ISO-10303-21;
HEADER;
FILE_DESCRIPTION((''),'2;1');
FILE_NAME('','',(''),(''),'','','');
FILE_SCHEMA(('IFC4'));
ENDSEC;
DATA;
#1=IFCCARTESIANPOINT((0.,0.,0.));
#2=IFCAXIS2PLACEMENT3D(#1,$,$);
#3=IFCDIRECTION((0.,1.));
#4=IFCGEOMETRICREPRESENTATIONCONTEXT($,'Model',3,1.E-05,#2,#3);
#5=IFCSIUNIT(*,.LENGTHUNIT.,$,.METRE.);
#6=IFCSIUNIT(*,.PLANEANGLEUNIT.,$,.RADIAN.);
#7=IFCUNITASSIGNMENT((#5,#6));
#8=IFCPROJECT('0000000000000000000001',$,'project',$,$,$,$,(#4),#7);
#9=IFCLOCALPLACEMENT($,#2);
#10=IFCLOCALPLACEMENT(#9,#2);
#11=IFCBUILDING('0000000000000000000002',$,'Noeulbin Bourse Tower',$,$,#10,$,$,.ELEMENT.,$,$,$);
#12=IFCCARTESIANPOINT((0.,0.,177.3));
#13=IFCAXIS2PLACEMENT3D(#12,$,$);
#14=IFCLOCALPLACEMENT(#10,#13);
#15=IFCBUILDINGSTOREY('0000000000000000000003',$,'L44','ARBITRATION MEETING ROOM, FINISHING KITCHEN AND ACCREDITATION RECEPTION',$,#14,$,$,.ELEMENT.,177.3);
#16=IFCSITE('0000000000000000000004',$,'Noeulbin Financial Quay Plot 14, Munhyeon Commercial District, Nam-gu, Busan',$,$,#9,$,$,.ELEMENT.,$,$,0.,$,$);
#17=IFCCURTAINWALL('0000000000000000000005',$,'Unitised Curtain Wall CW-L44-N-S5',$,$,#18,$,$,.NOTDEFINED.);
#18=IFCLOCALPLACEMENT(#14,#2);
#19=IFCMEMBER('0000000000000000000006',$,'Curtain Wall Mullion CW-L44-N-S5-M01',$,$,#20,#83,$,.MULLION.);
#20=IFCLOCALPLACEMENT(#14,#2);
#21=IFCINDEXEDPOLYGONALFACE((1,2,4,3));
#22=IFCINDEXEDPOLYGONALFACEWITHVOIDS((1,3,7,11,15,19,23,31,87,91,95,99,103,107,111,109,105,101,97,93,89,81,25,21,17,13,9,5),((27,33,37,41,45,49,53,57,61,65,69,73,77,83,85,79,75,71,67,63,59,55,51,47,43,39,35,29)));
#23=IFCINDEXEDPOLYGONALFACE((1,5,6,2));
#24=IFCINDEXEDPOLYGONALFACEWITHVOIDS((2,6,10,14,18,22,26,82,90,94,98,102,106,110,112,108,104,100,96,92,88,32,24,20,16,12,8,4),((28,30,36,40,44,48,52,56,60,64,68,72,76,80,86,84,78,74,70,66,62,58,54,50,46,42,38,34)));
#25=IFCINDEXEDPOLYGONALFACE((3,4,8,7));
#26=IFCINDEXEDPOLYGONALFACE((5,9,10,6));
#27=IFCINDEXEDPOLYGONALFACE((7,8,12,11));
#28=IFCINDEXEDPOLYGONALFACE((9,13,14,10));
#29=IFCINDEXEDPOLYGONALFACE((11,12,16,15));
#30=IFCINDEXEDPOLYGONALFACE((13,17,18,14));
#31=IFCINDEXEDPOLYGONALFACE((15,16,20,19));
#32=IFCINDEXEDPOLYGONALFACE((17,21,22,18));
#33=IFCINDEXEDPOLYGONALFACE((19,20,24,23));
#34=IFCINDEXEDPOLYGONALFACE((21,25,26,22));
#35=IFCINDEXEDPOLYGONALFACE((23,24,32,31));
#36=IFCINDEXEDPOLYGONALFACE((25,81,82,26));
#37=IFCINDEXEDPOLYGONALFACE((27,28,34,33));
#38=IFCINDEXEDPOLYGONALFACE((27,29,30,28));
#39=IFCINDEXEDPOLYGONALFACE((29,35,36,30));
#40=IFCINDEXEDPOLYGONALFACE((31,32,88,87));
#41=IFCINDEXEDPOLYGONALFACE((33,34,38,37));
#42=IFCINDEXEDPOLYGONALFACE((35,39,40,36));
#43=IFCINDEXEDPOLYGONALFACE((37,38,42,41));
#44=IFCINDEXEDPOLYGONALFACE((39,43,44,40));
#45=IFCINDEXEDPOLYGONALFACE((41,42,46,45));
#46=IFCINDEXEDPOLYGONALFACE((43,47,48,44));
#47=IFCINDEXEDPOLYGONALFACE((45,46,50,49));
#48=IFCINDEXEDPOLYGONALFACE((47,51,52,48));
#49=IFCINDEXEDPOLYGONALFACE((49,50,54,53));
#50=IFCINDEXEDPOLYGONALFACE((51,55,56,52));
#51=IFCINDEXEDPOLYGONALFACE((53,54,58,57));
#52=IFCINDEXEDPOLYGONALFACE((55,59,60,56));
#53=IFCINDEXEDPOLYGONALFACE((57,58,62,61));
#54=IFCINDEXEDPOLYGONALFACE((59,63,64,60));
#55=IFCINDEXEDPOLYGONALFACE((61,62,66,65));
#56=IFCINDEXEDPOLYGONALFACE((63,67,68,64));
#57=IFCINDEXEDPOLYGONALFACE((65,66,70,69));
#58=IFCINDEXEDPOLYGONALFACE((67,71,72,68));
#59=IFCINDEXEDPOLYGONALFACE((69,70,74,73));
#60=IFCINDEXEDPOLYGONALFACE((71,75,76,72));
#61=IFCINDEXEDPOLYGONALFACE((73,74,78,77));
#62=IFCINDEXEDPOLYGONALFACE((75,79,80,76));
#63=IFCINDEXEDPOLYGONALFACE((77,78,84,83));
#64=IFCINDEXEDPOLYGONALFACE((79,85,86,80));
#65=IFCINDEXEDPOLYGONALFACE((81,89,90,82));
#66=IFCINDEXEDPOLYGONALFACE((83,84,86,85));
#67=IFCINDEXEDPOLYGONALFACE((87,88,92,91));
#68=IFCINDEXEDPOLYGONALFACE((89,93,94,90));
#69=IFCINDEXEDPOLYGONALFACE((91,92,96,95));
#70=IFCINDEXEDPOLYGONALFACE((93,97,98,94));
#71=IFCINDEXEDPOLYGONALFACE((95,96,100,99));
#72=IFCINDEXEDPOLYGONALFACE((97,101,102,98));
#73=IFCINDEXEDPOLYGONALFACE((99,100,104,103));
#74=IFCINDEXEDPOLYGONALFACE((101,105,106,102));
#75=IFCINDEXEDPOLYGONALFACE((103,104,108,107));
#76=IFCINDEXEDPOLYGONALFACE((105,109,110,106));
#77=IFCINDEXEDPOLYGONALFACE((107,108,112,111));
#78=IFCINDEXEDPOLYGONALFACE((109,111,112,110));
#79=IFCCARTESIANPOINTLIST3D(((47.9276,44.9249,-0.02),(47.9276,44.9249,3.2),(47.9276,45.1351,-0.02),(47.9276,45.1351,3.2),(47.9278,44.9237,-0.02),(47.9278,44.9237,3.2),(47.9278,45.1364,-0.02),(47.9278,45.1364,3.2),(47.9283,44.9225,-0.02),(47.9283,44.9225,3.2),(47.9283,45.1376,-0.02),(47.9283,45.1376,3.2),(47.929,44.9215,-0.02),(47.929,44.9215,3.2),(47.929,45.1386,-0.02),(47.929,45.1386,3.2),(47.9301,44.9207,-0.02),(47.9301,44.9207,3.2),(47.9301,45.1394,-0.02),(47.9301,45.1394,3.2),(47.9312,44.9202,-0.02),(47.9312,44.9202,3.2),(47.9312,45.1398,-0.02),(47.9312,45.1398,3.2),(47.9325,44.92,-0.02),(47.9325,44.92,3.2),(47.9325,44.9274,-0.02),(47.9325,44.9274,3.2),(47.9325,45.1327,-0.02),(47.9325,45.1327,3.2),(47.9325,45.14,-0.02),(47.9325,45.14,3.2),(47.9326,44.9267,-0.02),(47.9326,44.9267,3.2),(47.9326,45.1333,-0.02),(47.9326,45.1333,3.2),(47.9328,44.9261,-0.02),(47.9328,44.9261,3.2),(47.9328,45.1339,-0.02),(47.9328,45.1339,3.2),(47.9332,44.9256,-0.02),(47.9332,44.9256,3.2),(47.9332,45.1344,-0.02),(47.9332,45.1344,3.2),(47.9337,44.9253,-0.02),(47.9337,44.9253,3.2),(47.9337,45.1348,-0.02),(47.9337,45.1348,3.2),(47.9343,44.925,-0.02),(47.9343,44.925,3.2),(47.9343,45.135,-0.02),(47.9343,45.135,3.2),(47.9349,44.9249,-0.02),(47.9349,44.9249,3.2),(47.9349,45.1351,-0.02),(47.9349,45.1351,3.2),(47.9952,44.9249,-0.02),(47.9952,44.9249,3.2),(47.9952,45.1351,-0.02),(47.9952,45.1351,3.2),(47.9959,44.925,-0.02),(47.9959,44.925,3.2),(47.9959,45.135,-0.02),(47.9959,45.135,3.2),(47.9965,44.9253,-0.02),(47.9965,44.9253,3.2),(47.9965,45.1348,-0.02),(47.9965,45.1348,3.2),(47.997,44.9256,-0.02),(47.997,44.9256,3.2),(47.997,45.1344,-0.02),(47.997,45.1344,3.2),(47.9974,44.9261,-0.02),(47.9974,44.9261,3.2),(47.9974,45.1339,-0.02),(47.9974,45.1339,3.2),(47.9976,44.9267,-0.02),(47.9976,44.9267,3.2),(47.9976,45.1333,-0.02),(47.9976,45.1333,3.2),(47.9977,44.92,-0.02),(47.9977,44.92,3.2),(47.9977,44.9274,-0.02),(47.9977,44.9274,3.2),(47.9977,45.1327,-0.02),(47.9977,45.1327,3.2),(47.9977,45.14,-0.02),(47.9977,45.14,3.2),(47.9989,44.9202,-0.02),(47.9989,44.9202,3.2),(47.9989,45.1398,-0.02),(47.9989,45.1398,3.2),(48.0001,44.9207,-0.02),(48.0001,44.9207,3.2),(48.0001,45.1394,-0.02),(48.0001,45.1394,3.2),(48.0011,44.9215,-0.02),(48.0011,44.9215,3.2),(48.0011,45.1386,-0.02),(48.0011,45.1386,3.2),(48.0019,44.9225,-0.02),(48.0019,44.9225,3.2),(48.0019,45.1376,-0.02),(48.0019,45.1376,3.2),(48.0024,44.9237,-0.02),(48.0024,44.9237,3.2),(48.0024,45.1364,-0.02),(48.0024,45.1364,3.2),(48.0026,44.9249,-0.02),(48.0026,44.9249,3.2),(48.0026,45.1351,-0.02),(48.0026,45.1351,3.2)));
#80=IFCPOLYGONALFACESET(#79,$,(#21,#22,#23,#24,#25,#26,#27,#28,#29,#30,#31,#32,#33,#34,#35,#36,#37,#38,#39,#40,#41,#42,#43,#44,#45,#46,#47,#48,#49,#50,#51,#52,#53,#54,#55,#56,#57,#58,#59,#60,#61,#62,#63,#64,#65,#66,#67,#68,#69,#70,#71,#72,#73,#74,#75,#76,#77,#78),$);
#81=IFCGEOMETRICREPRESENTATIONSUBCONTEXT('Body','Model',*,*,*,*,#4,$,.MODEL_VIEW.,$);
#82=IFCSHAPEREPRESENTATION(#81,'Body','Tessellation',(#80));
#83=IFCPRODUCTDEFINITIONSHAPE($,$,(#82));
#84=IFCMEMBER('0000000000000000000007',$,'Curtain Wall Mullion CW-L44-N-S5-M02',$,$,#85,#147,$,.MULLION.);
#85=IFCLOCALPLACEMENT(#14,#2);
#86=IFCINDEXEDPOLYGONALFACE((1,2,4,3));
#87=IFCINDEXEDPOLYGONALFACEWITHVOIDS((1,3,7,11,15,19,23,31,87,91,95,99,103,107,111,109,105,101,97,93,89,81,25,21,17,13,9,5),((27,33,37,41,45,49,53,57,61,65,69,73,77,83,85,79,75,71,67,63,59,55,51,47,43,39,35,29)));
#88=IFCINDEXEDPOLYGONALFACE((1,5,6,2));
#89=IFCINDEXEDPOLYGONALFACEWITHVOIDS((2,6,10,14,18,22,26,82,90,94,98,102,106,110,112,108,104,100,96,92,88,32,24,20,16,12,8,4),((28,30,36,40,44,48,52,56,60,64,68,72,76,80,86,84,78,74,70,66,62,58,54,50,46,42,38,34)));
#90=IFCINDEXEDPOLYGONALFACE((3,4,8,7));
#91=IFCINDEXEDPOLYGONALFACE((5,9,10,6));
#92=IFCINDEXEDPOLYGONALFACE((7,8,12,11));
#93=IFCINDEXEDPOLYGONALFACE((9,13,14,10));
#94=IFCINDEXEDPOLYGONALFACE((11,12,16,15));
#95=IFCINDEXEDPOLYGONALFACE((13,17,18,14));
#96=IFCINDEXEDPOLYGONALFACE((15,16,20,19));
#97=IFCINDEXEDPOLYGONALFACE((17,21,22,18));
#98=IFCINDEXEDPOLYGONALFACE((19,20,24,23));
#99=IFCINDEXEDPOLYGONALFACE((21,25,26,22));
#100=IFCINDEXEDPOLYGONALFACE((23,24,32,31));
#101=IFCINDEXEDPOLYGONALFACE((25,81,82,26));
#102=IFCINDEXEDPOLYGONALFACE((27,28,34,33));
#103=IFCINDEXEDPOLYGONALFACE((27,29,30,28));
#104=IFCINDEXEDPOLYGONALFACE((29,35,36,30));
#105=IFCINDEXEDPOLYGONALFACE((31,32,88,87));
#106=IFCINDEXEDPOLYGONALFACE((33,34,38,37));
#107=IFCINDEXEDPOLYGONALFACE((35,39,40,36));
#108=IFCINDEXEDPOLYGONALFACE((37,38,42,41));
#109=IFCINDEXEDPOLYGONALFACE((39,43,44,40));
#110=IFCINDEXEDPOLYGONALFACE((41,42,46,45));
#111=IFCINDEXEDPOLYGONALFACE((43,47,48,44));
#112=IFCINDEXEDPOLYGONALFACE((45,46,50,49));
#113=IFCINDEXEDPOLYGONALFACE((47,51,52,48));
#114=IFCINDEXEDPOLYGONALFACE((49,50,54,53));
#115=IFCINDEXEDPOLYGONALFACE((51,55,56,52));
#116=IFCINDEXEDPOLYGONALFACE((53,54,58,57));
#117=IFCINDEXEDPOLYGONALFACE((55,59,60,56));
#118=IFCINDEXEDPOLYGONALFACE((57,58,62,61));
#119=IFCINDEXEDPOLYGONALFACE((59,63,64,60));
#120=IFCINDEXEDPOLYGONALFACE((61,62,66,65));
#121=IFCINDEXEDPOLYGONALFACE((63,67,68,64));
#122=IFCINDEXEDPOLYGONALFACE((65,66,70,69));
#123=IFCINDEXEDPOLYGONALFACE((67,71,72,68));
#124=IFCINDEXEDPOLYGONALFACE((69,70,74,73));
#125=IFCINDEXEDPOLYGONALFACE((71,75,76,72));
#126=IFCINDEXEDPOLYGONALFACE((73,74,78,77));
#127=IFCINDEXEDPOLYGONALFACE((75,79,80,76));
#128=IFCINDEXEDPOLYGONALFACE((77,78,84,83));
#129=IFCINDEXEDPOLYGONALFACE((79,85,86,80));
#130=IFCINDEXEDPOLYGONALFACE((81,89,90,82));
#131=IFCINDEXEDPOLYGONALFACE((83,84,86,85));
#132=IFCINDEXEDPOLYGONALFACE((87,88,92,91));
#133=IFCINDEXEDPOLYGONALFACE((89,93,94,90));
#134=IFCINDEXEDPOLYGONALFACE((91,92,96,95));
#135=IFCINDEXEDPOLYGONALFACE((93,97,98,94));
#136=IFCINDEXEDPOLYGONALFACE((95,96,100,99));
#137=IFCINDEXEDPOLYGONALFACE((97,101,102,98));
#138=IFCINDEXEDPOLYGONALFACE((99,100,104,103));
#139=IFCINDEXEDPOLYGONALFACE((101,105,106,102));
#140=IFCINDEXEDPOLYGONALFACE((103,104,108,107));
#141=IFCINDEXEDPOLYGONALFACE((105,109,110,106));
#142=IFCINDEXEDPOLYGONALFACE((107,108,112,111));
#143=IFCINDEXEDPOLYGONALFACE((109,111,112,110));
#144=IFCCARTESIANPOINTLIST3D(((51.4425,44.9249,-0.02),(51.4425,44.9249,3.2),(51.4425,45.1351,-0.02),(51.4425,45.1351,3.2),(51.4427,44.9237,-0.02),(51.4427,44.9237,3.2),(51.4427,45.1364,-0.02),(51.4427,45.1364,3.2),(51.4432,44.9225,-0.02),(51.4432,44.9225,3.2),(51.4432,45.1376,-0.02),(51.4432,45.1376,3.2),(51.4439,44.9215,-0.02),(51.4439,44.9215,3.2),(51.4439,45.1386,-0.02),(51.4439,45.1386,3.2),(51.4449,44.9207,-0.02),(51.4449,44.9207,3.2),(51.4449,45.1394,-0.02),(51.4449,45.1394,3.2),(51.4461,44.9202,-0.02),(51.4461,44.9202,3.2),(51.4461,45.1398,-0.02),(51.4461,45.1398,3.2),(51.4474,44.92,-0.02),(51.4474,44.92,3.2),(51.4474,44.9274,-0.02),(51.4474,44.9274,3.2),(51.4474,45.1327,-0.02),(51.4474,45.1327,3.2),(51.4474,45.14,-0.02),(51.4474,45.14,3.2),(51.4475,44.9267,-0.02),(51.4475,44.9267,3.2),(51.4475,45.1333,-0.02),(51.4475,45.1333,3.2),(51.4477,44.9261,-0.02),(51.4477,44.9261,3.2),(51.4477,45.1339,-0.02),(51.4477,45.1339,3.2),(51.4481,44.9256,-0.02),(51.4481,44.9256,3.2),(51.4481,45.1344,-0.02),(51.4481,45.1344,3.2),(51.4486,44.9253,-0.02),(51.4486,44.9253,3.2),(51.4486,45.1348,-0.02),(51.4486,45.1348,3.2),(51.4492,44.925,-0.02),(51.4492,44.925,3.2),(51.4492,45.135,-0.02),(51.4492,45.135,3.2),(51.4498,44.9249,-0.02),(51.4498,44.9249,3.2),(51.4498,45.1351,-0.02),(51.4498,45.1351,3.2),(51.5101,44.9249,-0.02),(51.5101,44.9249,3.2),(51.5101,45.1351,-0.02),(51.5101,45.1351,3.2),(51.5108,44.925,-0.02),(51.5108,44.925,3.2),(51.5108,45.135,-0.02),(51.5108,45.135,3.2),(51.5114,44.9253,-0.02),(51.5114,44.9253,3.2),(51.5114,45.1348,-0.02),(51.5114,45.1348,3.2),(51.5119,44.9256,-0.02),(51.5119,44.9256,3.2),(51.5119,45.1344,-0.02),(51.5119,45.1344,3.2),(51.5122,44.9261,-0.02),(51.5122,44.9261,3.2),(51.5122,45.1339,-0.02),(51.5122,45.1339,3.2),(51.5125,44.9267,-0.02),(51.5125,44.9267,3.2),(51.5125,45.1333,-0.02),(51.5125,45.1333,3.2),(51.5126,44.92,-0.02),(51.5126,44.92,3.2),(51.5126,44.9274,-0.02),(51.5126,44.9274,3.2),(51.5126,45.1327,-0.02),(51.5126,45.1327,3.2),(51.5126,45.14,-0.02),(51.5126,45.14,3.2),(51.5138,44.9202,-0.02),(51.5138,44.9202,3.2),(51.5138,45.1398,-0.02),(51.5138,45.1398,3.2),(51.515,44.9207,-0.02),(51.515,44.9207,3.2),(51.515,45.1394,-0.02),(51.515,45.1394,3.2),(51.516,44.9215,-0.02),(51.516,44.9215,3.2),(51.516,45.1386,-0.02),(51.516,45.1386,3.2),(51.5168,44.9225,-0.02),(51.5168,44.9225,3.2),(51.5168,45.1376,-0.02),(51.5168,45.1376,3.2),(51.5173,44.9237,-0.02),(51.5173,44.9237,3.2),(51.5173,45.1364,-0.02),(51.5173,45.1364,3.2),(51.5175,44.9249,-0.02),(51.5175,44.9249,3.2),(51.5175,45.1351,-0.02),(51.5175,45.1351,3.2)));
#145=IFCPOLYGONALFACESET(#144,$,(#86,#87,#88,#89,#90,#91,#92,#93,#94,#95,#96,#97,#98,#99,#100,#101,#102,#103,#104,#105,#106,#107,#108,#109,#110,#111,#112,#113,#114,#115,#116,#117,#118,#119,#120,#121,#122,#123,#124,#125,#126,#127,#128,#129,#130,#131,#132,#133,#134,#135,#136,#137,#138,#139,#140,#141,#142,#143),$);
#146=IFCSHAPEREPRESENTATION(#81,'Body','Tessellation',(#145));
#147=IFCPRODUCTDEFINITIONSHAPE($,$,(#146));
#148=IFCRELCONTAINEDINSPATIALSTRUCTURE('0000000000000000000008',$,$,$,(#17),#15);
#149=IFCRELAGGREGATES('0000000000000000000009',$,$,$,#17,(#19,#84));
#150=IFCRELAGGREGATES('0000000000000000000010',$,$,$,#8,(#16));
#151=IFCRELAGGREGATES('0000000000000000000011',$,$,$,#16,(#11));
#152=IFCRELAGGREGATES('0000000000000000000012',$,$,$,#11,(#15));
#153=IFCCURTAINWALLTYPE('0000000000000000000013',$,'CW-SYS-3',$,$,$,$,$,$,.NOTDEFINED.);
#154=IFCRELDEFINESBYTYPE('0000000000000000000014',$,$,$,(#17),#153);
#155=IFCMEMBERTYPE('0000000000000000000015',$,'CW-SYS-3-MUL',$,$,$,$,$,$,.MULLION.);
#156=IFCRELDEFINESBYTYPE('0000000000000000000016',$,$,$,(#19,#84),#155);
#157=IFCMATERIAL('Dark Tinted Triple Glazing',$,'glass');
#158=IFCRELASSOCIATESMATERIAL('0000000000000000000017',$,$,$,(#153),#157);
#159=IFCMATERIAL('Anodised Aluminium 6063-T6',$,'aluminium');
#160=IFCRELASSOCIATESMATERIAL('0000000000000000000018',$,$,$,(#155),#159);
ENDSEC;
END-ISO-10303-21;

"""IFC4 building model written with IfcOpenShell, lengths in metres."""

from ifc_helpers import new_model, si_unit, direction, frame, origin, origin_2d, place, context, subcontext, project, spatial, hollow_rectangle, extrude, material, material_profile, profile_set, type_object, element, aggregate, save


model = new_model("IFC4")

# Units and contexts
model_context = context("Model", 3, precision=1e-05, world=origin(), true_north=direction((0.0, 1.0)))
body_context = subcontext(model_context, "Body", "Model", "MODEL_VIEW")
ifc_project = project(units=[si_unit("LENGTHUNIT", "METRE"), si_unit("PLANEANGLEUNIT", "RADIAN")], contexts=[model_context])

# Site, building, storey
site_placement = place(None, origin())
site = spatial("IfcSite", under=ifc_project, at=site_placement, Name="Noeulbin Financial Quay Plot 14, Munhyeon Commercial District, Nam-gu, Busan", CompositionType="ELEMENT", RefElevation=0.0)
building_placement = place(site_placement, origin())
building = spatial("IfcBuilding", under=site, at=building_placement, Name="Noeulbin Bourse Tower", CompositionType="ELEMENT")
storey_placement = place(building_placement, frame((0.0, 0.0, 177.3)))
storey = spatial("IfcBuildingStorey", under=building, at=storey_placement, Name="L44", Description="ARBITRATION MEETING ROOM, FINISHING KITCHEN AND ACCREDITATION RECEPTION", CompositionType="ELEMENT", Elevation=177.3)

# Shared definitions
ifc_material_1 = material(Name="Dark Tinted Triple Glazing", Category="glass")
curtain_wall_type = type_object("IfcCurtainWallType", Name="CW-SYS-3", PredefinedType="NOTDEFINED", material=ifc_material_1)
ifc_material_2 = material(Name="Anodised Aluminium 6063-T6", Category="aluminium")
ifc_material_profile_1 = material_profile(ifc_material_2, hollow_rectangle(XDim=0.075, YDim=0.22, WallThickness=0.0049, InnerFilletRadius=0.0024, OuterFilletRadius=0.0049, at=origin_2d()), Name="ALU-MULL-75x220x5", Category="LoadBearing")
ifc_profile_set_1 = profile_set([ifc_material_profile_1], Name="Anodised Aluminium 6063-T6")
member_type_1 = type_object("IfcMemberType", Name="CW-SYS-3-MUL", PredefinedType="MULLION", material=ifc_profile_set_1)

# Curtain wall, members
curtain_wall_1_placement = place(storey_placement, origin())
curtain_wall_1 = element("IfcCurtainWall", 1, at=curtain_wall_1_placement, inside=storey, type_object=curtain_wall_type, Name="Unitised Curtain Wall CW-L44-N-S5", PredefinedType="NOTDEFINED")
member_1_placement = place(storey_placement, frame((47.9651, 45.03, -0.02), z_axis=(0.0, 0.0, 1.0), x_axis=(1.0, 0.0, 0.0)))
member_1 = element("IfcMember", 2, at=member_1_placement, type_object=member_type_1, Name="Curtain Wall Mullion CW-L44-N-S5-M01", PredefinedType="MULLION", context=body_context, shape_type="SweptSolid", body=[
    extrude(hollow_rectangle(XDim=0.075, YDim=0.22, WallThickness=0.0049, InnerFilletRadius=0.0024, OuterFilletRadius=0.0049, at=origin_2d()), origin(), (0.0, 0.0, 1.0), 3.22),
])
member_2_placement = place(storey_placement, frame((51.48, 45.03, -0.02), z_axis=(0.0, 0.0, 1.0), x_axis=(1.0, 0.0, 0.0)))
member_2 = element("IfcMember", 3, at=member_2_placement, type_object=member_type_1, Name="Curtain Wall Mullion CW-L44-N-S5-M02", PredefinedType="MULLION", context=body_context, shape_type="SweptSolid", body=[
    extrude(hollow_rectangle(XDim=0.075, YDim=0.22, WallThickness=0.0049, InnerFilletRadius=0.0024, OuterFilletRadius=0.0049, at=origin_2d()), origin(), (0.0, 0.0, 1.0), 3.22),
])

aggregate(curtain_wall_1, [member_1, member_2])

save(model, "model.ifc")
